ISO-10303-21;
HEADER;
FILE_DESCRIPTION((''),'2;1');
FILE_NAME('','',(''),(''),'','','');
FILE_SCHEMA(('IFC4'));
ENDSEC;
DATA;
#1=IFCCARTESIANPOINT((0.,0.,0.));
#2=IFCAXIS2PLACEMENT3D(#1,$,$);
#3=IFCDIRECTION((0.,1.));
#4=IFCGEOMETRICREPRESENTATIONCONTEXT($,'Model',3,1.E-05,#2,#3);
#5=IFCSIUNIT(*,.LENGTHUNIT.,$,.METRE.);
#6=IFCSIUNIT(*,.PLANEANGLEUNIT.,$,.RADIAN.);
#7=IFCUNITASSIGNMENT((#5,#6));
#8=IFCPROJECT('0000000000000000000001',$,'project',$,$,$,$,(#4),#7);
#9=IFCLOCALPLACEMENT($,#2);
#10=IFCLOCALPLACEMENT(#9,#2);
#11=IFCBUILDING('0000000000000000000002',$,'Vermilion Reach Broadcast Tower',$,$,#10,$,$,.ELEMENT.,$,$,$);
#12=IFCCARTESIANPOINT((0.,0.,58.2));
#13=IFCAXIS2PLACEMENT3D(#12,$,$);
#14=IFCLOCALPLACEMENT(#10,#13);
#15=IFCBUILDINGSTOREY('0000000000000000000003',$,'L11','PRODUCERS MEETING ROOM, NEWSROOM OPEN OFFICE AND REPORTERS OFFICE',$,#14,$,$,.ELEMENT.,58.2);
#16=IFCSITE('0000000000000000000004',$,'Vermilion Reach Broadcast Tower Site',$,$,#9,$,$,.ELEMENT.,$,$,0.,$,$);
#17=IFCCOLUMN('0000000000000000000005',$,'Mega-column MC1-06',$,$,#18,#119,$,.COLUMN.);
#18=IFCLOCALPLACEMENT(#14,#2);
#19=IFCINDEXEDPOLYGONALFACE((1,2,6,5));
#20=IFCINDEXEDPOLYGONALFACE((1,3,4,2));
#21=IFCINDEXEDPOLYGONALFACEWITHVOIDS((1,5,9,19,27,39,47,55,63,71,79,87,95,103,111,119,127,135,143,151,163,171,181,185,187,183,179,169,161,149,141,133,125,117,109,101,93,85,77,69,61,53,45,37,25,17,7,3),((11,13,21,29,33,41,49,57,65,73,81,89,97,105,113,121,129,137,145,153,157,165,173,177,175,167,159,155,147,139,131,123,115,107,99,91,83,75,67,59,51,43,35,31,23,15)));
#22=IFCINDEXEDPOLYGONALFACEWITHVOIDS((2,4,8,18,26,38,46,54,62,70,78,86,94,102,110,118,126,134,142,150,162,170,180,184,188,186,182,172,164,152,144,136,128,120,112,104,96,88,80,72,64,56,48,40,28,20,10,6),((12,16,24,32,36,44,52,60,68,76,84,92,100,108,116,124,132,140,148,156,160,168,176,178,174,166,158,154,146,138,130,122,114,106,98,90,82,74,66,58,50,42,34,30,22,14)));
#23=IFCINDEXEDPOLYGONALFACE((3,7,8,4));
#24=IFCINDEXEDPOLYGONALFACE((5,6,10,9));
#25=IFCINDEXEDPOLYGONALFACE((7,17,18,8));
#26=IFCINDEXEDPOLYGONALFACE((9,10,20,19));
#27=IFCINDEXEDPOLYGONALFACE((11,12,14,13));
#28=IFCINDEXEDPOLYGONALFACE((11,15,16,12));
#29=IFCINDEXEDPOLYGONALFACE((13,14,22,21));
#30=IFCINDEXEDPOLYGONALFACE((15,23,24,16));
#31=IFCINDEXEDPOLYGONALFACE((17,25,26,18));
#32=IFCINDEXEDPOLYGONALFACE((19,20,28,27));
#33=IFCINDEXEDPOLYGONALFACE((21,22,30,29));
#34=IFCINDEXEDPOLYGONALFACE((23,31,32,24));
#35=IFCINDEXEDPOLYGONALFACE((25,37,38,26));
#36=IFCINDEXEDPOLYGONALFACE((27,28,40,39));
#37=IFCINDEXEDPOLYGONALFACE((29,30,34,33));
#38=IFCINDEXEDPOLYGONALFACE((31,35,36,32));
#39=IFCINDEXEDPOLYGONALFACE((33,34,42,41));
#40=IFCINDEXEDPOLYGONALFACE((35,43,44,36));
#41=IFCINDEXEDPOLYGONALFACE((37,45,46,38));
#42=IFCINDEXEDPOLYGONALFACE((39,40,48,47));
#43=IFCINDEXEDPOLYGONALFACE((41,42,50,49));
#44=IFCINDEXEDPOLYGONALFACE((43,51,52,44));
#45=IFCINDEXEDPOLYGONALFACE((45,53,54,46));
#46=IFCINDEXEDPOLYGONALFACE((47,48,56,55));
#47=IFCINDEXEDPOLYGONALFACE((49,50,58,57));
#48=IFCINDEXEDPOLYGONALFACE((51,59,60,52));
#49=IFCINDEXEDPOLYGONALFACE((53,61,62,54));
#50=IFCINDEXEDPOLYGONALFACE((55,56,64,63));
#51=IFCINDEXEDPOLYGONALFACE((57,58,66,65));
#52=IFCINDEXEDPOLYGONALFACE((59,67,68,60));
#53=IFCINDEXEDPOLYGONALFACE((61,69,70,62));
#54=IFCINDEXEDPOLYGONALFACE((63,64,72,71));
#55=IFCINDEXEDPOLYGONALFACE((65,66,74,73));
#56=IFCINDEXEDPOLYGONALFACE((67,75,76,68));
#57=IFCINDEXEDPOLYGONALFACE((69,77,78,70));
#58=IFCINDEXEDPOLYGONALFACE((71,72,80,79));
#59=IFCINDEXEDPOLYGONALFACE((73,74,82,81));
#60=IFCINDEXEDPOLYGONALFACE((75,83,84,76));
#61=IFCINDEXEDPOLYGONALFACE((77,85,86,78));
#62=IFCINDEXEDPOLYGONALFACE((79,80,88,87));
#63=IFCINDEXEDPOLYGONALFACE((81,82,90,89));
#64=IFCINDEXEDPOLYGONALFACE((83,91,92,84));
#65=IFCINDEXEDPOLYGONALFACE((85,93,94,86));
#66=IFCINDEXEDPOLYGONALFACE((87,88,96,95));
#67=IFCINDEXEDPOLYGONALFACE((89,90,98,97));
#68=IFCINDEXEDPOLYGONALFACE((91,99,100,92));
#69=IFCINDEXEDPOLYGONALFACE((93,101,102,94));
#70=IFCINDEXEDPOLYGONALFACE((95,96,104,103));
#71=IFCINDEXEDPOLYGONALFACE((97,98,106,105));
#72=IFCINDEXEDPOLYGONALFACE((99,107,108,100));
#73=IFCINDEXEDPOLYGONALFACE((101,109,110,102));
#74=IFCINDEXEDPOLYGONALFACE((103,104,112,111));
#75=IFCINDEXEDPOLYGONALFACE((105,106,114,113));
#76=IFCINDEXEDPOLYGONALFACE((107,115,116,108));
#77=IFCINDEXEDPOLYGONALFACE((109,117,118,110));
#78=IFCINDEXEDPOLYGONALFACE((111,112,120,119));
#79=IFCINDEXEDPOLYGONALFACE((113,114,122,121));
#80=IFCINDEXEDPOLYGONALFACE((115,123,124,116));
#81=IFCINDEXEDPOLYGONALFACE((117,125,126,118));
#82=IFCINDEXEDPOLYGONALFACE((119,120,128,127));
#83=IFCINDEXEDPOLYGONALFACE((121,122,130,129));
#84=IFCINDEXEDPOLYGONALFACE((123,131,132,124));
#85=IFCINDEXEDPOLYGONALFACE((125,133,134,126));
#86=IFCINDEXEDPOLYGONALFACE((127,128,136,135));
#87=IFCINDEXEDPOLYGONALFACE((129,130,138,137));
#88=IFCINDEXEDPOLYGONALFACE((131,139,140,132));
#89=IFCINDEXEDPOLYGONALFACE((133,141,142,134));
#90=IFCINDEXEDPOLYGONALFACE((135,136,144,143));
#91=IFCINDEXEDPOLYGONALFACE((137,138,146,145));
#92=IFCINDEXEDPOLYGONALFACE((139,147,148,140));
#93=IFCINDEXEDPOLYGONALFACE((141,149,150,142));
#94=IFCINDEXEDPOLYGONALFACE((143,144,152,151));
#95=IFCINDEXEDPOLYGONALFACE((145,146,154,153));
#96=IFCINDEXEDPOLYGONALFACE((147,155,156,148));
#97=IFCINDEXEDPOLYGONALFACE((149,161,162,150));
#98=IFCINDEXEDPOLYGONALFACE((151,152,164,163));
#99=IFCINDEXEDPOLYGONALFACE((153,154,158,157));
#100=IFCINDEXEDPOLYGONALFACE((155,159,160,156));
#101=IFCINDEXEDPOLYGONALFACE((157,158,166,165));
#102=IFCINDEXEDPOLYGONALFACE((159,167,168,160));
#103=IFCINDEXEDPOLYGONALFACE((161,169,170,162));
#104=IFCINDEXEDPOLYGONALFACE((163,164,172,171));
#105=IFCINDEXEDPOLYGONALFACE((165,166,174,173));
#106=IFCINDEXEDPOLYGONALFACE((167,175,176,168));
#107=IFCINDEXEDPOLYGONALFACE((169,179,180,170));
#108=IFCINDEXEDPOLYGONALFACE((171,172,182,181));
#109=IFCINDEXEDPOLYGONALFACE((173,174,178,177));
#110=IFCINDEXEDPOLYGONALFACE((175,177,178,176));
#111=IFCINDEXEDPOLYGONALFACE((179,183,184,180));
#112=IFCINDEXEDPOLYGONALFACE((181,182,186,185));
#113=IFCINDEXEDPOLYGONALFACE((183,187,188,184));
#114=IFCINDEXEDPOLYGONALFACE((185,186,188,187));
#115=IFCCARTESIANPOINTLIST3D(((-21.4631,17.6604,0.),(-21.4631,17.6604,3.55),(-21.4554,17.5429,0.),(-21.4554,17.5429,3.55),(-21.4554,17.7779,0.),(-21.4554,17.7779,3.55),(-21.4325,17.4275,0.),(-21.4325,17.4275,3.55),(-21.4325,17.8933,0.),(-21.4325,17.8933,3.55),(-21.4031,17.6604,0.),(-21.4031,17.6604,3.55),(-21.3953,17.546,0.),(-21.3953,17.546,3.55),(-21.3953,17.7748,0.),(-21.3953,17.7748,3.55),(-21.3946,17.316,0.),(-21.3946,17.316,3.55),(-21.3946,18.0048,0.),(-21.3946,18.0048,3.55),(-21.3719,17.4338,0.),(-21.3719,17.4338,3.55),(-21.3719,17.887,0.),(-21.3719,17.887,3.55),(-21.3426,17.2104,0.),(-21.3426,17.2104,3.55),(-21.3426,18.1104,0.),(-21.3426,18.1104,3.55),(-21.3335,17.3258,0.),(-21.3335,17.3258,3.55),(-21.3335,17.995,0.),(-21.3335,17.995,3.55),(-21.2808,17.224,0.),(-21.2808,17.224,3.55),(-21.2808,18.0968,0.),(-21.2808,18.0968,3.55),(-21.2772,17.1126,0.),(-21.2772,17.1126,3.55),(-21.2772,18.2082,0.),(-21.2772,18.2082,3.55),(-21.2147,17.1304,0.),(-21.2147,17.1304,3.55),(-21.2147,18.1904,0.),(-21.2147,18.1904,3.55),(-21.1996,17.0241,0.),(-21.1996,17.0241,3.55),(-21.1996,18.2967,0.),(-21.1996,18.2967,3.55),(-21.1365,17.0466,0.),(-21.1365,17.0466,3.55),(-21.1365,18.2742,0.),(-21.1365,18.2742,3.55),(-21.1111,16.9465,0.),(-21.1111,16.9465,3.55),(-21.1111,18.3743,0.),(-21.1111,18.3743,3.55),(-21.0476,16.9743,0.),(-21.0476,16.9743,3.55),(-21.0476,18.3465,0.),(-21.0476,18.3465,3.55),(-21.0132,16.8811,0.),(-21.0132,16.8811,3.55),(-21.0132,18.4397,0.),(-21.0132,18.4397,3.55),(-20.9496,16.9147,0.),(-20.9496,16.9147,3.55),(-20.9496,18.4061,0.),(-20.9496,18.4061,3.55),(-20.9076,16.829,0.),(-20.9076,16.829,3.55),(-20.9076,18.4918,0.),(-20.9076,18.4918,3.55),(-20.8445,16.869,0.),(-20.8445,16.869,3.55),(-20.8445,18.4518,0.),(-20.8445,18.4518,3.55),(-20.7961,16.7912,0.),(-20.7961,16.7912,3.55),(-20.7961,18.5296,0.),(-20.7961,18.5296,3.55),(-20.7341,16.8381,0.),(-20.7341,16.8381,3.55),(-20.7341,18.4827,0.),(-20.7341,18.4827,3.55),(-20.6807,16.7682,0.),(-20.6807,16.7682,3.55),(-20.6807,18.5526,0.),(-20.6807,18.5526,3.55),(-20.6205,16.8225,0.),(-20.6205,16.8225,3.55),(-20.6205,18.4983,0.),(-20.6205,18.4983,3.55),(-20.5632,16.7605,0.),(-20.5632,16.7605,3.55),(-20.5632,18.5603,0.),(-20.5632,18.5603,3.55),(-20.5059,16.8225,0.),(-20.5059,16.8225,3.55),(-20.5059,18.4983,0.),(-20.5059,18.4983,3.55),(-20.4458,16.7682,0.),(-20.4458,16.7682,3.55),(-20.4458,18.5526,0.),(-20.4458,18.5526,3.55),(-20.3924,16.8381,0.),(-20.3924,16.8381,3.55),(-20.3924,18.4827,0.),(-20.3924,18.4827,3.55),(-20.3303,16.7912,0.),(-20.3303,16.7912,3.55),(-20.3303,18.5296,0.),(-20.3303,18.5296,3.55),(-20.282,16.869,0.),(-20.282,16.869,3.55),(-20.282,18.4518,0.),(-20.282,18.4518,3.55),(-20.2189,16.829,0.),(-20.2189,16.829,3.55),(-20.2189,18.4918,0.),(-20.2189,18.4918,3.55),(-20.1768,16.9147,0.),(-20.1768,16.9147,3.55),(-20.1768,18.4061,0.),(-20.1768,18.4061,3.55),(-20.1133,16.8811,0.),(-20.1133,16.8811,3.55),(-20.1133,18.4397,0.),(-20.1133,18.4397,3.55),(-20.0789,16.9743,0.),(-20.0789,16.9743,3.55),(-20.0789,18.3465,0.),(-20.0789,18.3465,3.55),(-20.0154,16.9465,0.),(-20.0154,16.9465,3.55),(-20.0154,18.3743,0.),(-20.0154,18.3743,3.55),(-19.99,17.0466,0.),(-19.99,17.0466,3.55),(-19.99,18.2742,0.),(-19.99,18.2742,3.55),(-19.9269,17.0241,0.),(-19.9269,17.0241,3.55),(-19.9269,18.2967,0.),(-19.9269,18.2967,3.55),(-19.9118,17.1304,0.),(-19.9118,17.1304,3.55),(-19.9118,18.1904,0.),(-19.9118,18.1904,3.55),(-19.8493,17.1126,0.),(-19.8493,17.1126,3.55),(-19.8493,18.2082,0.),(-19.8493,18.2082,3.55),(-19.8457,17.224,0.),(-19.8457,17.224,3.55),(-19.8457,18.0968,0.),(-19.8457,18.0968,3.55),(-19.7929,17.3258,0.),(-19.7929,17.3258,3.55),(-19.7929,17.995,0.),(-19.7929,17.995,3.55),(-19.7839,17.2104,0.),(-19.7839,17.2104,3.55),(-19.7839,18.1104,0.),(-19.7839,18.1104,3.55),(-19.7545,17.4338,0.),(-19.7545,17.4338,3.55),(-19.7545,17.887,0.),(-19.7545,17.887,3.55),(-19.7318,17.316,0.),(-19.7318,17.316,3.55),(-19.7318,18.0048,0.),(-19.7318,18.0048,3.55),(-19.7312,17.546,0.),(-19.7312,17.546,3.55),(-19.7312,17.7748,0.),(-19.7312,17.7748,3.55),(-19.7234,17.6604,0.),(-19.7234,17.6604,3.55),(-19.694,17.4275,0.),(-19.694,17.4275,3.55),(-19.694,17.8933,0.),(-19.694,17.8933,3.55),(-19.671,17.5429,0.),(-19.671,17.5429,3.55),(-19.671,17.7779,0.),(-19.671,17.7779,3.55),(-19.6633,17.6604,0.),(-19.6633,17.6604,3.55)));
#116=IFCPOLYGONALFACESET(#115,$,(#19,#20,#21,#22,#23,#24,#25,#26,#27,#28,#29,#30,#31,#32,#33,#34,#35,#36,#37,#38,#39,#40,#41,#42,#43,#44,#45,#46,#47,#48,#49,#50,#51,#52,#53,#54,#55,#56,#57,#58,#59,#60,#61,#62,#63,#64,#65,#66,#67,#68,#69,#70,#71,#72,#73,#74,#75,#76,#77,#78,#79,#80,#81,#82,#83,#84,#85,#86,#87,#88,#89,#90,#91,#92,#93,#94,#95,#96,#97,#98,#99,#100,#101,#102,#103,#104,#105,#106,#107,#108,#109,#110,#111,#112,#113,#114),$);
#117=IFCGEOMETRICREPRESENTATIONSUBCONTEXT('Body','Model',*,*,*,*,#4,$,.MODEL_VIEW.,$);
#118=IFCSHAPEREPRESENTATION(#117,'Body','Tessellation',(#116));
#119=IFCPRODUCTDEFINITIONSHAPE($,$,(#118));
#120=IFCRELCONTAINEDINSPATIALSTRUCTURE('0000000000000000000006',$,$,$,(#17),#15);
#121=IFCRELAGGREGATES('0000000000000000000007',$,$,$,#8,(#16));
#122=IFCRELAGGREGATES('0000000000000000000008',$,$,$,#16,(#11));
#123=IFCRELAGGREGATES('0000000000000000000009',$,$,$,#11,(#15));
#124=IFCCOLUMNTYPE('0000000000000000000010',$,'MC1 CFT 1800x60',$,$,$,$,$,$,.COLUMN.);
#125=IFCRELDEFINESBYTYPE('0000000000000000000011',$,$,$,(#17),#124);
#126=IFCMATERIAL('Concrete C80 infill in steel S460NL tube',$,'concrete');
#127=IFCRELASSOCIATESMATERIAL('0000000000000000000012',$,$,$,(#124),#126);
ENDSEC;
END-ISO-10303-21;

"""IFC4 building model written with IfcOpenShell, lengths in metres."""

from ifc_helpers import new_model, si_unit, direction, frame, origin, origin_2d, place, context, subcontext, project, spatial, hollow_circle, extrude, material, material_profile, profile_set, type_object, element, save


model = new_model("IFC4")

# Units and contexts
model_context = context("Model", 3, precision=1e-05, world=origin(), true_north=direction((0.0, 1.0)))
body_context = subcontext(model_context, "Body", "Model", "MODEL_VIEW")
ifc_project = project(units=[si_unit("LENGTHUNIT", "METRE"), si_unit("PLANEANGLEUNIT", "RADIAN")], contexts=[model_context])

# Site, building, storey
site_placement = place(None, origin())
site = spatial("IfcSite", under=ifc_project, at=site_placement, Name="Vermilion Reach Broadcast Tower Site", CompositionType="ELEMENT", RefElevation=0.0)
building_placement = place(site_placement, origin())
building = spatial("IfcBuilding", under=site, at=building_placement, Name="Vermilion Reach Broadcast Tower", CompositionType="ELEMENT")
storey_placement = place(building_placement, frame((0.0, 0.0, 58.2)))
storey = spatial("IfcBuildingStorey", under=building, at=storey_placement, Name="L11", Description="PRODUCERS MEETING ROOM, NEWSROOM OPEN OFFICE AND REPORTERS OFFICE", CompositionType="ELEMENT", Elevation=58.2)

# Column
ifc_material_1 = material(Name="Concrete C80 infill in steel S460NL tube", Category="concrete")
ifc_material_profile_1 = material_profile(ifc_material_1, hollow_circle(Radius=0.8999, WallThickness=0.0601, at=origin_2d()), Name="Concrete C80 infill in steel S460NL tube CFT 1800x60")
ifc_profile_set_1 = profile_set([ifc_material_profile_1], Name="Concrete C80 infill in steel S460NL tube")
column_type = type_object("IfcColumnType", Name="MC1 CFT 1800x60", PredefinedType="COLUMN", material=ifc_profile_set_1)
for number, where, z_axis, x_axis, name in (
    (1, (-20.5632, 17.6604, 0.0), (0.0, 0.0, 1.0), (1.0, 0.0, 0.0), "Mega-column MC1-06"),
):
    element("IfcColumn", number, at=place(storey_placement, frame(where, z_axis=z_axis, x_axis=x_axis)), inside=storey, type_object=column_type, Name=name, PredefinedType="COLUMN", context=body_context, shape_type="SweptSolid", body=[
        extrude(hollow_circle(Radius=0.8999, WallThickness=0.0601, at=origin_2d()), origin(), (0.0, 0.0, 1.0), 3.55),
    ])

save(model, "model.ifc")
